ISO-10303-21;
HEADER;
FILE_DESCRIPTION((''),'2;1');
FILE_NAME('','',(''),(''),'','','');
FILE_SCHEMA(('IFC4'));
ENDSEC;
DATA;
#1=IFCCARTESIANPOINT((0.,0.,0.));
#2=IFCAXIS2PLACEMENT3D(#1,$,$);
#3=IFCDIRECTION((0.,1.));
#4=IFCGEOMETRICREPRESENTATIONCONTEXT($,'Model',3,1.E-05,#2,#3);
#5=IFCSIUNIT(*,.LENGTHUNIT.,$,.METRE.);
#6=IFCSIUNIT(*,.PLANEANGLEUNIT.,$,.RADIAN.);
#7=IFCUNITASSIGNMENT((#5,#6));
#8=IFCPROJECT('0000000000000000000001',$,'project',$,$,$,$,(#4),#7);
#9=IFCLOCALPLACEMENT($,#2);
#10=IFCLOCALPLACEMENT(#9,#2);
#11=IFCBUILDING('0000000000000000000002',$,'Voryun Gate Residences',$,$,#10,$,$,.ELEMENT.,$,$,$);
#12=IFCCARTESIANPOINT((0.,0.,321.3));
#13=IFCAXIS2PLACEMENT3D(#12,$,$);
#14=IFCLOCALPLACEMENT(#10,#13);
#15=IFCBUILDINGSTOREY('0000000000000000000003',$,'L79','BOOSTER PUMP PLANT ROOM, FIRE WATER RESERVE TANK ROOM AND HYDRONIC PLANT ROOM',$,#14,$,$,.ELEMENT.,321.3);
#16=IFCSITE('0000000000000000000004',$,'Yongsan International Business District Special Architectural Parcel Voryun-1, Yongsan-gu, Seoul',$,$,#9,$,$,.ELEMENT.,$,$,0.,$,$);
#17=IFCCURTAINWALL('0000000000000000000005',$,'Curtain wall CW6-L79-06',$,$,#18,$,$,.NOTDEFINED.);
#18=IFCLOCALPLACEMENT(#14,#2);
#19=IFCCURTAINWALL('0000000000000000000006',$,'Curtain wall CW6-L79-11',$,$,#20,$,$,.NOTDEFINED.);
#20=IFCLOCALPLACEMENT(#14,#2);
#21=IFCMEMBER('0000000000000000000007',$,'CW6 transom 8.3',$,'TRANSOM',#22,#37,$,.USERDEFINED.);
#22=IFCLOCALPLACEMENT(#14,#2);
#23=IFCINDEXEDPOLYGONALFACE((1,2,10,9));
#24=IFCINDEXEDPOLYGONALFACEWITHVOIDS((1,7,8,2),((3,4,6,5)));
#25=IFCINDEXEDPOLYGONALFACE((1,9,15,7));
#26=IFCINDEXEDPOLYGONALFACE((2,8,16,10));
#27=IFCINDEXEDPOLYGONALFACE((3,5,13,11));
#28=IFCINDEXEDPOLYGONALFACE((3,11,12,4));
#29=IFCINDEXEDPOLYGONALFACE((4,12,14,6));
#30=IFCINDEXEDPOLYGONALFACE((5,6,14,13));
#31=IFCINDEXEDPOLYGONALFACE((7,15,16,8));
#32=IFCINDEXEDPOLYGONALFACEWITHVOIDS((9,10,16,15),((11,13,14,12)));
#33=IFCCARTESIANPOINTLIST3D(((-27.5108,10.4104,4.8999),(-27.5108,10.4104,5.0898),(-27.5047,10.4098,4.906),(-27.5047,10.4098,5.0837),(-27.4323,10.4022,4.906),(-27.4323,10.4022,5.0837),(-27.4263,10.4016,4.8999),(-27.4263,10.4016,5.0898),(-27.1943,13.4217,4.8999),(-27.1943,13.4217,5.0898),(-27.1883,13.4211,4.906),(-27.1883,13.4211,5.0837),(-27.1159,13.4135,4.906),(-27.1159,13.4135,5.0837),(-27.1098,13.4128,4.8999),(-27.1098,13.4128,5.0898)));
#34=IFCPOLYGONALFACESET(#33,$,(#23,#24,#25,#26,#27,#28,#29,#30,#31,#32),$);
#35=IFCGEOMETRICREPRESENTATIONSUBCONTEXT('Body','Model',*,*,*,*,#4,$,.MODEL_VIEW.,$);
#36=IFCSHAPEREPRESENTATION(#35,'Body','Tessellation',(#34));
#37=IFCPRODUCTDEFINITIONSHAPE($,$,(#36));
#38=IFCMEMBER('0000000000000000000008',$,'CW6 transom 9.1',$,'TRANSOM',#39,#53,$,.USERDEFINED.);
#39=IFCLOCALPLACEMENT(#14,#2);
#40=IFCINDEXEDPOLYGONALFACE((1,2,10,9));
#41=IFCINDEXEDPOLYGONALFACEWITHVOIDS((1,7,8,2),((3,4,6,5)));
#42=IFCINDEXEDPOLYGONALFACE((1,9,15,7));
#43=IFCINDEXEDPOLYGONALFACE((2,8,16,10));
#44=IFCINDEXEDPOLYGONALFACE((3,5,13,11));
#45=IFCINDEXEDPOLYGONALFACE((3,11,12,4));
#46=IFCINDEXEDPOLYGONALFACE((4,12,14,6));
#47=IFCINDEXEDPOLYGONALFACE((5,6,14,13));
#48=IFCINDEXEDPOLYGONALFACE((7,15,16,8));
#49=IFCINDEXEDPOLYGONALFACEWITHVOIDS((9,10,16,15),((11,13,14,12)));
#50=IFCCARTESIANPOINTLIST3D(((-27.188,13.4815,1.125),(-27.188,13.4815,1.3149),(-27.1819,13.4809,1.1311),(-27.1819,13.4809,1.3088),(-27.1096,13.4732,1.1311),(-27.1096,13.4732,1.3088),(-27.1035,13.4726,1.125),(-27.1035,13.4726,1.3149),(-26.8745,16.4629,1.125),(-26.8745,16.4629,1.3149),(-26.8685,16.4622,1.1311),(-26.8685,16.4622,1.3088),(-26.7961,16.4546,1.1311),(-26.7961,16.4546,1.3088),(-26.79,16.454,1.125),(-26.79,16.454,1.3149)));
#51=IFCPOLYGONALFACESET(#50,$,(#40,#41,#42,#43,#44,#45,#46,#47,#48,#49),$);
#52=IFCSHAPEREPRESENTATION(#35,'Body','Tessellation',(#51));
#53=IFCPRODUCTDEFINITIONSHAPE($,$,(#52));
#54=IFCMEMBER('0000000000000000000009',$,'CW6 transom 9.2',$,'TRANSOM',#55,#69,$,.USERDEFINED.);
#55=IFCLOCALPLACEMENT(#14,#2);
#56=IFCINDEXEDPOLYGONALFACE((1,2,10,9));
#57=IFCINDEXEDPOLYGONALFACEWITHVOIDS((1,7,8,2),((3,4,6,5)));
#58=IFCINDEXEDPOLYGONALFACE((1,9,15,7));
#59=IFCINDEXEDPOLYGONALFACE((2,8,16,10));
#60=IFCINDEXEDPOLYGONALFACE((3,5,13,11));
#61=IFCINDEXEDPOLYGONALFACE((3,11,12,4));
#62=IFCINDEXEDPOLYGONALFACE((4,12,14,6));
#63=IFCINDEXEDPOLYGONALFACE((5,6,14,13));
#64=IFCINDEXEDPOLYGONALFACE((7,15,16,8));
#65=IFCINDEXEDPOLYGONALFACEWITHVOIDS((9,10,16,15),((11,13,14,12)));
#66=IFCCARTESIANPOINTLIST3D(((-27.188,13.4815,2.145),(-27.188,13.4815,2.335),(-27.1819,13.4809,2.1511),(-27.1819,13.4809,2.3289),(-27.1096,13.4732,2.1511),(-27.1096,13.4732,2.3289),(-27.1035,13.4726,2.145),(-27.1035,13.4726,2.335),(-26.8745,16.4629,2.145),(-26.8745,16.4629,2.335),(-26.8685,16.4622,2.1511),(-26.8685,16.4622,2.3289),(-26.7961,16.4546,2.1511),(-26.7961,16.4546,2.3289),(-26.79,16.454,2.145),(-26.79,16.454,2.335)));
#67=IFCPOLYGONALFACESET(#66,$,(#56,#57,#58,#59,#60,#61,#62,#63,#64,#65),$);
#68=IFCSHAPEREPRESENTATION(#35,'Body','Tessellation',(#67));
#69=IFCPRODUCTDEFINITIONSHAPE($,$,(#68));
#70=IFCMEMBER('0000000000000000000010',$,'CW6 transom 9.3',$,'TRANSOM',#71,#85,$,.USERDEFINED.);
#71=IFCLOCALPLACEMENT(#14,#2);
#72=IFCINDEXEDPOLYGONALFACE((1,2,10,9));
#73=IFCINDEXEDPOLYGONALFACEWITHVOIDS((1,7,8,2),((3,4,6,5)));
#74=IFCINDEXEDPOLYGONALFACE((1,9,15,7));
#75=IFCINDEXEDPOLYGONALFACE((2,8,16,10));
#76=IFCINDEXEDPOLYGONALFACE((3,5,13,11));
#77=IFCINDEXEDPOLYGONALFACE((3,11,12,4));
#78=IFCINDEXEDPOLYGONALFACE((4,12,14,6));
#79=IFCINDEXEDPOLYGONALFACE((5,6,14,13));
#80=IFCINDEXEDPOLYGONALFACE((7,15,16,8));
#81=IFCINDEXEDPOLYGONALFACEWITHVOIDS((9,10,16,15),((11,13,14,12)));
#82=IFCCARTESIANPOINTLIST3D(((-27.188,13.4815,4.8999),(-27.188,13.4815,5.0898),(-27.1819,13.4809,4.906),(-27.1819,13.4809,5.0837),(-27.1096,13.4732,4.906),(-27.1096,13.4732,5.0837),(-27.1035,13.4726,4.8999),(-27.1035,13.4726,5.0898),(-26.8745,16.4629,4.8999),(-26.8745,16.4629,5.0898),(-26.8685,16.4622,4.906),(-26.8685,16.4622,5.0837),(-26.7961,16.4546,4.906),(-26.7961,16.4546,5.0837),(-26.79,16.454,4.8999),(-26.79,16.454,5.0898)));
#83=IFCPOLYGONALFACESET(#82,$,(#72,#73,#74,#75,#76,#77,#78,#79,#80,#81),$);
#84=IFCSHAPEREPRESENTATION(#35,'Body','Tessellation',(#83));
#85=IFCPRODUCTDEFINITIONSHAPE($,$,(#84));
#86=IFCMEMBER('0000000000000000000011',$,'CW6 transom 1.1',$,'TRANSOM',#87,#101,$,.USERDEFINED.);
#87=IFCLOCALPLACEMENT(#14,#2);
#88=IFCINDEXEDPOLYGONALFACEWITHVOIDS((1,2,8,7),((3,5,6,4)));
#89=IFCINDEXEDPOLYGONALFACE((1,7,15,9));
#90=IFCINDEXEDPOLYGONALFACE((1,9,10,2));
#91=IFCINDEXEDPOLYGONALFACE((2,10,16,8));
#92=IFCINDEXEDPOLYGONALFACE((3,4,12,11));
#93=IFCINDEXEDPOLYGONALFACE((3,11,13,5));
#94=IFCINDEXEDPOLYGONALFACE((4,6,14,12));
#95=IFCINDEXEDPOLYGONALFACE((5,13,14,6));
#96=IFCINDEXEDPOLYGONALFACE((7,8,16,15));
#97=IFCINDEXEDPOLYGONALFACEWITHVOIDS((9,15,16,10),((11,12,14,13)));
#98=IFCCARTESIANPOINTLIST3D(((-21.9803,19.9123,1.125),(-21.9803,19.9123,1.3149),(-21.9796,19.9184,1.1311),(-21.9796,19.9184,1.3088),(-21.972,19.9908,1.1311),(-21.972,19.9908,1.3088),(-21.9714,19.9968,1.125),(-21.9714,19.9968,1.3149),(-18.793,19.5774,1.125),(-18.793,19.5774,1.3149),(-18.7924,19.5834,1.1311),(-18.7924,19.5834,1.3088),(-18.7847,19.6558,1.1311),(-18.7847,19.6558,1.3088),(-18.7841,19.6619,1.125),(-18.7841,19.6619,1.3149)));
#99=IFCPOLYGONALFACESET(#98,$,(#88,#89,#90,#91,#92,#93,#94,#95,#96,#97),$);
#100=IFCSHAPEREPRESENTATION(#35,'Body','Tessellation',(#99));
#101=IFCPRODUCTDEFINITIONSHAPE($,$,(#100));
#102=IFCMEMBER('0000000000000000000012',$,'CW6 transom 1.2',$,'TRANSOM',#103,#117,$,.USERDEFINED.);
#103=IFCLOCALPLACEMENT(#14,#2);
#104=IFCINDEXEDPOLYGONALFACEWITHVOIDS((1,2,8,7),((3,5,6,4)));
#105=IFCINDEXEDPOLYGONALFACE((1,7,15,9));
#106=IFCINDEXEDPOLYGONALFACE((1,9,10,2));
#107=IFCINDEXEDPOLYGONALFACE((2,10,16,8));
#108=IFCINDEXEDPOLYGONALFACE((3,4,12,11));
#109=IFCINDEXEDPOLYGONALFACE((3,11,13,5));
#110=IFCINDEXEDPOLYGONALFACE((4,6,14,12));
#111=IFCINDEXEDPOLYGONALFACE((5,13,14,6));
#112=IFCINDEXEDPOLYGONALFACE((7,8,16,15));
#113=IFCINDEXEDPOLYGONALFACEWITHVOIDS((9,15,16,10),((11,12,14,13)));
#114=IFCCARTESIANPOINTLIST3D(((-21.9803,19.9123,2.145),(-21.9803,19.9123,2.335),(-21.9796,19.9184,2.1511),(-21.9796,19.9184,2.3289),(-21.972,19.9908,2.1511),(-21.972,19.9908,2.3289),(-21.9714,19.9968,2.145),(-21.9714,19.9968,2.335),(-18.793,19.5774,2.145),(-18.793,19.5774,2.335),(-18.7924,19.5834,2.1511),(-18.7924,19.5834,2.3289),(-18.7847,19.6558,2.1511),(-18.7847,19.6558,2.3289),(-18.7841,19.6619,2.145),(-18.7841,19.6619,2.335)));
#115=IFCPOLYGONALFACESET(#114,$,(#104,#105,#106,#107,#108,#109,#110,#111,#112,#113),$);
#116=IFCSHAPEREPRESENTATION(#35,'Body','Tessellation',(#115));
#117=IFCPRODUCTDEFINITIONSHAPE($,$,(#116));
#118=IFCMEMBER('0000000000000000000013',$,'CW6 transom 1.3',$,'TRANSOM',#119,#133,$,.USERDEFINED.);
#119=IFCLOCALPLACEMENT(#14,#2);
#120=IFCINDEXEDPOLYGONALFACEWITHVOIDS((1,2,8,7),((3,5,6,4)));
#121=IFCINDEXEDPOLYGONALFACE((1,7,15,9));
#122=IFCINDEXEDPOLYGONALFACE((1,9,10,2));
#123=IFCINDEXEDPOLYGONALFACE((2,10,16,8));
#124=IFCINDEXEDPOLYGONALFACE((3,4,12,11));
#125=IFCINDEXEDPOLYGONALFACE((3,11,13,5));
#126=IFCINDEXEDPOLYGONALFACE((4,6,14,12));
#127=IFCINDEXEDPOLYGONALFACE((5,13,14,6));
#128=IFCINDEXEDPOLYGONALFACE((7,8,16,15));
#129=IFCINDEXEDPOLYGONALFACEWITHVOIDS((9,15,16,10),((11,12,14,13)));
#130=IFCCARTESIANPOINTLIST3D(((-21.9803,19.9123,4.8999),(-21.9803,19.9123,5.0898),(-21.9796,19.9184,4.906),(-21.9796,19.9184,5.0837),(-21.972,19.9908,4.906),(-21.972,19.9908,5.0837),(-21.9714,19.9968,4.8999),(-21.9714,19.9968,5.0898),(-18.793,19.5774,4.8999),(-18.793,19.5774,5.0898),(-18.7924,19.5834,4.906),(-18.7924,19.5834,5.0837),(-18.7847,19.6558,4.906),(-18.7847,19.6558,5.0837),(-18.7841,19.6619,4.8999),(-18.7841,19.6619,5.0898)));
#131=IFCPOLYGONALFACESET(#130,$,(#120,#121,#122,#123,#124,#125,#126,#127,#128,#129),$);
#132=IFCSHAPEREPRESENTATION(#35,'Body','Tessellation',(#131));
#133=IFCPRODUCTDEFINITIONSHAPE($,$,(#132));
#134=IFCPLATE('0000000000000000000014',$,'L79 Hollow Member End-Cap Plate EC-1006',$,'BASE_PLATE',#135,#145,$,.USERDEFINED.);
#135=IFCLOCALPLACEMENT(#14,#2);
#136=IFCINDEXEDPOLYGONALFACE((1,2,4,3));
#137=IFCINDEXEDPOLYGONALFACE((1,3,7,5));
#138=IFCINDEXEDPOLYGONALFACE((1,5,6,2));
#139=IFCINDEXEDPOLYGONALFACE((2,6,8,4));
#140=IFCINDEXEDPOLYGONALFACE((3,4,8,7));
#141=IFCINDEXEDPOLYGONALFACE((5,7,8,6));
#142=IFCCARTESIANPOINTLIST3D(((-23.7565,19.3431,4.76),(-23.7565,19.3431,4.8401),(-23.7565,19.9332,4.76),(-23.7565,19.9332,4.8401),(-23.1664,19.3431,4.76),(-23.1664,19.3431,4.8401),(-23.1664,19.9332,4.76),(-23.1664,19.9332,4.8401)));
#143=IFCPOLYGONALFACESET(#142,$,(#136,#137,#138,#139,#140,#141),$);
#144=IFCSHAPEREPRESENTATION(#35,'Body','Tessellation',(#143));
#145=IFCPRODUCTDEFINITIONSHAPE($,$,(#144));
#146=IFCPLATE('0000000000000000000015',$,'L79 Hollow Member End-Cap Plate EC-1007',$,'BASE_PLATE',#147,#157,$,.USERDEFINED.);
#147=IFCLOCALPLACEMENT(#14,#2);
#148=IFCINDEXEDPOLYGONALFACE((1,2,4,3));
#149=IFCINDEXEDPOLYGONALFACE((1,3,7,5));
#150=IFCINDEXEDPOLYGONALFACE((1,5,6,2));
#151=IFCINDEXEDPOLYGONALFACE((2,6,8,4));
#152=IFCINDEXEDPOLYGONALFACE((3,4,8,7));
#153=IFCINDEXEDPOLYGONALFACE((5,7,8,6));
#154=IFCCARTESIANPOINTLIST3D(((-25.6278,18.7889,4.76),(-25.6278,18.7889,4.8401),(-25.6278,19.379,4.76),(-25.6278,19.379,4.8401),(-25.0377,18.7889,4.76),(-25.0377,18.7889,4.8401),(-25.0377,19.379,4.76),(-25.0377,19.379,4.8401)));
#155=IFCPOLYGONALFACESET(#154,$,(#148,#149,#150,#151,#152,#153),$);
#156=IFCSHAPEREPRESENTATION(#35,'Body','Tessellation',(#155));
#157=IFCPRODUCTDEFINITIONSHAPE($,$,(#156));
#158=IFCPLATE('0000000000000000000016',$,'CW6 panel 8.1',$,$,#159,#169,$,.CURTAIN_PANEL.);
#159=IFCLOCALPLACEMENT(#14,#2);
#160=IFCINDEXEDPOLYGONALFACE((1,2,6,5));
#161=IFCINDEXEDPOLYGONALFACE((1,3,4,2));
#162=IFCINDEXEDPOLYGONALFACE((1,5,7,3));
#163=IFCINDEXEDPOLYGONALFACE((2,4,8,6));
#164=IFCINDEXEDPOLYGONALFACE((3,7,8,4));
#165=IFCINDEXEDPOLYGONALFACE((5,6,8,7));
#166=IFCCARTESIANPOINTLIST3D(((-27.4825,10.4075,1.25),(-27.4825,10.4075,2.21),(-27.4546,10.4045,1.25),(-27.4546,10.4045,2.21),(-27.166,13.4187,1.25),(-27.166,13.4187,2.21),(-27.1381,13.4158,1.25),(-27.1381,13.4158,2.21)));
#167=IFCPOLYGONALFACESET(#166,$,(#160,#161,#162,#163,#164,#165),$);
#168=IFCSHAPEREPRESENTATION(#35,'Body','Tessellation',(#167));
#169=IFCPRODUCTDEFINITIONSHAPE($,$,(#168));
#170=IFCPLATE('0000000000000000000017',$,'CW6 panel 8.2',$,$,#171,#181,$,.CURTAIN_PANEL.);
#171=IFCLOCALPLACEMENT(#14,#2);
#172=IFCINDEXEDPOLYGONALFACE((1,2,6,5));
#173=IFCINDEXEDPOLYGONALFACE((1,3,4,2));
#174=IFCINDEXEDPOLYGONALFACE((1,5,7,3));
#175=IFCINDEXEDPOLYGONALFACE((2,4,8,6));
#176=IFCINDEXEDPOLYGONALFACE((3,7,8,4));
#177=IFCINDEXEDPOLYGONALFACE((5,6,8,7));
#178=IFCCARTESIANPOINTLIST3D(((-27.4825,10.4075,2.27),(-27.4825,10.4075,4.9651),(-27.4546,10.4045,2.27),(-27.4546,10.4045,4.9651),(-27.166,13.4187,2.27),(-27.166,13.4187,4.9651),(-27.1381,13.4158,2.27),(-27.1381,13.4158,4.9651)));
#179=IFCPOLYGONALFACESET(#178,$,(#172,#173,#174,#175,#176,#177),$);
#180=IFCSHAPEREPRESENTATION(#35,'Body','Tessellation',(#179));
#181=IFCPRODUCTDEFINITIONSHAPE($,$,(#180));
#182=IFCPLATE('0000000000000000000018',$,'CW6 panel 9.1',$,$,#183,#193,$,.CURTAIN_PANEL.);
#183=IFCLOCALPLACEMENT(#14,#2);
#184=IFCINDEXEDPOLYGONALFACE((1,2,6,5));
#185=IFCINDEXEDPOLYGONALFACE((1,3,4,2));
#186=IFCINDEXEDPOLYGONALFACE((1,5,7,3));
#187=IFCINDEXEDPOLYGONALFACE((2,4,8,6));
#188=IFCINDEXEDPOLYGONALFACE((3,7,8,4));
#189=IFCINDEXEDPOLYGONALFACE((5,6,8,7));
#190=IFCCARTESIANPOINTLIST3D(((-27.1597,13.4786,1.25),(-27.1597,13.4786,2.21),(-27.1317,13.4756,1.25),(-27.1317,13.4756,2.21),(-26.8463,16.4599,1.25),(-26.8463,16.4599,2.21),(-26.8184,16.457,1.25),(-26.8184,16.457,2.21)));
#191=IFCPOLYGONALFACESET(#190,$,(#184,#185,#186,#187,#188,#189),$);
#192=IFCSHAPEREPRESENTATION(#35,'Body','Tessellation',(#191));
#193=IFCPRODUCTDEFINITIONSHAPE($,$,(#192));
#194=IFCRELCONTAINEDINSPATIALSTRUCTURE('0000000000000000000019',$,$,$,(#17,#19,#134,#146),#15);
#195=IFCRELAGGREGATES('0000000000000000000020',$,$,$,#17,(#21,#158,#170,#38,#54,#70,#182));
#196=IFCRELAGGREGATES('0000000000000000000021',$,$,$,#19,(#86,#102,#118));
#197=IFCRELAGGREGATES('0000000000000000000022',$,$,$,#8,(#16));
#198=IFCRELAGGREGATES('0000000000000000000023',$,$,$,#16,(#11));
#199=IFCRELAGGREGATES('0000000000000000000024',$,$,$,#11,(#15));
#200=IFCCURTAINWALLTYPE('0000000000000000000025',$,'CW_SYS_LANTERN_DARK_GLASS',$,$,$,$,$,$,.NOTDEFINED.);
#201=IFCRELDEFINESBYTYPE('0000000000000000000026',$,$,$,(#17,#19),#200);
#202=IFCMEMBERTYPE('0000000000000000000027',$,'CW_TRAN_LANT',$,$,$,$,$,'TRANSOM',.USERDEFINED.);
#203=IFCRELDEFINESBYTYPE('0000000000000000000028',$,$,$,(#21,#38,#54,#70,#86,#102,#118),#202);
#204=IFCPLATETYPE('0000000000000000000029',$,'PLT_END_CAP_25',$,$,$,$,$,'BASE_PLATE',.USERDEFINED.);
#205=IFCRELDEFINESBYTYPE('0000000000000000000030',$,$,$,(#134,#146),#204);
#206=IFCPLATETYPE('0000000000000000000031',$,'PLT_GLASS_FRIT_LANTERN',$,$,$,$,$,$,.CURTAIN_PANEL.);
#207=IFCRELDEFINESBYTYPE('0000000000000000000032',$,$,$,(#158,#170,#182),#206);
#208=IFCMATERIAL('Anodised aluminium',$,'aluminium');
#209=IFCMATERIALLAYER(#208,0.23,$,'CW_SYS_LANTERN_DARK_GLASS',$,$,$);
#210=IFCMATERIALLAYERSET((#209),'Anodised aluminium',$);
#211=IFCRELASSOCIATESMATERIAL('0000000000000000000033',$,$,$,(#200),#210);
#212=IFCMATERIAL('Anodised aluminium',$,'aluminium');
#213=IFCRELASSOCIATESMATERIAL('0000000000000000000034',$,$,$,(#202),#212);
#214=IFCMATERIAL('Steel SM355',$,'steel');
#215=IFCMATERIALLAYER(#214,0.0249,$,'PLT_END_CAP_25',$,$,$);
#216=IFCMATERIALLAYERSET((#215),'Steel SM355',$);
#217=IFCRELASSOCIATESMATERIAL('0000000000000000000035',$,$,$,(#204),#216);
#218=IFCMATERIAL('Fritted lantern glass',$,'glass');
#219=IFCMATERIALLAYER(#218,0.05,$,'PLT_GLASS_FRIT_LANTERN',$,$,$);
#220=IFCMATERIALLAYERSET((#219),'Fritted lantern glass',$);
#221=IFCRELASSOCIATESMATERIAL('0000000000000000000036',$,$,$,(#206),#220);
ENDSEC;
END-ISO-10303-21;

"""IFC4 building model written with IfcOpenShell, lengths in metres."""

from ifc_helpers import new_model, si_unit, direction, frame, origin, origin_2d, place, context, subcontext, project, spatial, rectangle, hollow_rectangle, extrude, material, layer, layer_set, material_profile, profile_set, type_object, element, aggregate, save


model = new_model("IFC4")

# Units and contexts
model_context = context("Model", 3, precision=1e-05, world=origin(), true_north=direction((0.0, 1.0)))
body_context = subcontext(model_context, "Body", "Model", "MODEL_VIEW")
ifc_project = project(units=[si_unit("LENGTHUNIT", "METRE"), si_unit("PLANEANGLEUNIT", "RADIAN")], contexts=[model_context])

# Site, building, storey
site_placement = place(None, origin())
site = spatial("IfcSite", under=ifc_project, at=site_placement, Name="Yongsan International Business District Special Architectural Parcel Voryun-1, Yongsan-gu, Seoul", CompositionType="ELEMENT", RefElevation=0.0)
building_placement = place(site_placement, origin())
building = spatial("IfcBuilding", under=site, at=building_placement, Name="Voryun Gate Residences", CompositionType="ELEMENT")
storey_placement = place(building_placement, frame((0.0, 0.0, 321.3)))
storey = spatial("IfcBuildingStorey", under=building, at=storey_placement, Name="L79", Description="BOOSTER PUMP PLANT ROOM, FIRE WATER RESERVE TANK ROOM AND HYDRONIC PLANT ROOM", CompositionType="ELEMENT", Elevation=321.3)

# Curtain wall
ifc_material_1 = material(Name="Anodised aluminium", Category="aluminium")
ifc_layer_1 = layer(ifc_material_1, 0.23, Name="CW_SYS_LANTERN_DARK_GLASS")
ifc_layer_set_1 = layer_set([ifc_layer_1], Name="Anodised aluminium")
curtain_wall_type = type_object("IfcCurtainWallType", Name="CW_SYS_LANTERN_DARK_GLASS", PredefinedType="NOTDEFINED", material=ifc_layer_set_1)
curtain_wall_1_placement = place(storey_placement, origin())
curtain_wall_1 = element("IfcCurtainWall", 1, at=curtain_wall_1_placement, inside=storey, type_object=curtain_wall_type, Name="Curtain wall CW6-L79-06", PredefinedType="NOTDEFINED")

# Curtain wall
curtain_wall_2_placement = place(storey_placement, origin())
curtain_wall_2 = element("IfcCurtainWall", 2, at=curtain_wall_2_placement, inside=storey, type_object=curtain_wall_type, Name="Curtain wall CW6-L79-11", PredefinedType="NOTDEFINED")

# Members
ifc_material_2 = material(Name="Anodised aluminium", Category="aluminium")
ifc_material_profile_1 = material_profile(ifc_material_2, hollow_rectangle(XDim=0.085, YDim=0.1899, WallThickness=0.0061, at=origin_2d()), Name="ALU-TRAN-190x85x6")
ifc_profile_set_1 = profile_set([ifc_material_profile_1], Name="Anodised aluminium")
member_type_1 = type_object("IfcMemberType", Name="CW_TRAN_LANT", ElementType="TRANSOM", PredefinedType="USERDEFINED", material=ifc_profile_set_1)
member_1_placement = place(storey_placement, frame((-27.4685, 10.406, 4.9949), z_axis=(0.1045, 0.994525, 0.0), x_axis=(-0.994525, 0.1045, 0.0)))
member_1 = element("IfcMember", 3, at=member_1_placement, type_object=member_type_1, Name="CW6 transom 8.3", ObjectType="TRANSOM", PredefinedType="USERDEFINED", context=body_context, shape_type="SweptSolid", body=[
    extrude(hollow_rectangle(XDim=0.085, YDim=0.1899, WallThickness=0.0061, at=origin_2d()), origin(), (0.0, 0.0, 1.0), 3.0278),
])
member_2_placement = place(storey_placement, frame((-27.1458, 13.4771, 1.22), z_axis=(0.104566, 0.994518, 0.0), x_axis=(-0.994518, 0.104566, 0.0)))
member_2 = element("IfcMember", 4, at=member_2_placement, type_object=member_type_1, Name="CW6 transom 9.1", ObjectType="TRANSOM", PredefinedType="USERDEFINED", context=body_context, shape_type="SweptSolid", body=[
    extrude(hollow_rectangle(XDim=0.085, YDim=0.1899, WallThickness=0.0061, at=origin_2d()), origin(), (0.0, 0.0, 1.0), 2.9978),
])
member_3_placement = place(storey_placement, frame((-27.1458, 13.4771, 2.24), z_axis=(0.104566, 0.994518, 0.0), x_axis=(-0.994518, 0.104566, 0.0)))
member_3 = element("IfcMember", 5, at=member_3_placement, type_object=member_type_1, Name="CW6 transom 9.2", ObjectType="TRANSOM", PredefinedType="USERDEFINED", context=body_context, shape_type="SweptSolid", body=[
    extrude(hollow_rectangle(XDim=0.085, YDim=0.1899, WallThickness=0.0061, at=origin_2d()), origin(), (0.0, 0.0, 1.0), 2.9978),
])
member_4_placement = place(storey_placement, frame((-27.1458, 13.4771, 4.9949), z_axis=(0.104566, 0.994518, 0.0), x_axis=(-0.994518, 0.104566, 0.0)))
member_4 = element("IfcMember", 6, at=member_4_placement, type_object=member_type_1, Name="CW6 transom 9.3", ObjectType="TRANSOM", PredefinedType="USERDEFINED", context=body_context, shape_type="SweptSolid", body=[
    extrude(hollow_rectangle(XDim=0.085, YDim=0.1899, WallThickness=0.0061, at=origin_2d()), origin(), (0.0, 0.0, 1.0), 2.9978),
])
member_5_placement = place(storey_placement, frame((-21.9758, 19.9546, 1.22), z_axis=(0.994523, -0.104518, 0.0), x_axis=(0.104518, 0.994523, 0.0)))
member_5 = element("IfcMember", 7, at=member_5_placement, type_object=member_type_1, Name="CW6 transom 1.1", ObjectType="TRANSOM", PredefinedType="USERDEFINED", context=body_context, shape_type="SweptSolid", body=[
    extrude(hollow_rectangle(XDim=0.085, YDim=0.1899, WallThickness=0.0061, at=origin_2d()), origin(), (0.0, 0.0, 1.0), 3.2048),
])
member_6_placement = place(storey_placement, frame((-21.9758, 19.9546, 2.24), z_axis=(0.994523, -0.104518, 0.0), x_axis=(0.104518, 0.994523, 0.0)))
member_6 = element("IfcMember", 8, at=member_6_placement, type_object=member_type_1, Name="CW6 transom 1.2", ObjectType="TRANSOM", PredefinedType="USERDEFINED", context=body_context, shape_type="SweptSolid", body=[
    extrude(hollow_rectangle(XDim=0.085, YDim=0.1899, WallThickness=0.0061, at=origin_2d()), origin(), (0.0, 0.0, 1.0), 3.2048),
])
member_7_placement = place(storey_placement, frame((-21.9758, 19.9546, 4.9949), z_axis=(0.994523, -0.104518, 0.0), x_axis=(0.104518, 0.994523, 0.0)))
member_7 = element("IfcMember", 9, at=member_7_placement, type_object=member_type_1, Name="CW6 transom 1.3", ObjectType="TRANSOM", PredefinedType="USERDEFINED", context=body_context, shape_type="SweptSolid", body=[
    extrude(hollow_rectangle(XDim=0.085, YDim=0.1899, WallThickness=0.0061, at=origin_2d()), origin(), (0.0, 0.0, 1.0), 3.2048),
])

# Plates
ifc_material_3 = material(Name="Steel SM355", Category="steel")
ifc_layer_2 = layer(ifc_material_3, 0.0249, Name="PLT_END_CAP_25")
ifc_layer_set_2 = layer_set([ifc_layer_2], Name="Steel SM355")
plate_type_1 = type_object("IfcPlateType", Name="PLT_END_CAP_25", ElementType="BASE_PLATE", PredefinedType="USERDEFINED", material=ifc_layer_set_2)
for number, where, z_axis, x_axis, name in (
    (10, (-23.4614, 19.6382, 4.76), (0.0, 0.0, 1.0), (1.0, 0.0, 0.0), "L79 Hollow Member End-Cap Plate EC-1006"),
    (11, (-25.3328, 19.084, 4.76), (0.0, 0.0, 1.0), (1.0, 0.0, 0.0), "L79 Hollow Member End-Cap Plate EC-1007"),
):
    element("IfcPlate", number, at=place(storey_placement, frame(where, z_axis=z_axis, x_axis=x_axis)), inside=storey, type_object=plate_type_1, Name=name, ObjectType="BASE_PLATE", PredefinedType="USERDEFINED", context=body_context, shape_type="SweptSolid", body=[
        extrude(rectangle(XDim=0.5901, YDim=0.5901, at=origin_2d()), origin(), (0.0, 0.0, 1.0), 0.0801),
    ])

# Plates
ifc_material_4 = material(Name="Fritted lantern glass", Category="glass")
ifc_layer_3 = layer(ifc_material_4, 0.05, Name="PLT_GLASS_FRIT_LANTERN")
ifc_layer_set_3 = layer_set([ifc_layer_3], Name="Fritted lantern glass")
plate_type_2 = type_object("IfcPlateType", Name="PLT_GLASS_FRIT_LANTERN", PredefinedType="CURTAIN_PANEL", material=ifc_layer_set_3)
plate_1_placement = place(storey_placement, frame((-27.3103, 11.9116, 1.25), z_axis=(0.0, 0.0, 1.0), x_axis=(0.104528, 0.994522, 0.0)))
plate_1 = element("IfcPlate", 12, at=plate_1_placement, type_object=plate_type_2, Name="CW6 panel 8.1", PredefinedType="CURTAIN_PANEL", context=body_context, shape_type="SweptSolid", body=[
    extrude(rectangle(XDim=3.0278, YDim=0.0281, at=origin_2d()), origin(), (0.0, 0.0, 1.0), 0.96),
])
plate_2_placement = place(storey_placement, frame((-27.3103, 11.9116, 2.27), z_axis=(0.0, 0.0, 1.0), x_axis=(0.104528, 0.994522, 0.0)))
plate_2 = element("IfcPlate", 13, at=plate_2_placement, type_object=plate_type_2, Name="CW6 panel 8.2", PredefinedType="CURTAIN_PANEL", context=body_context, shape_type="SweptSolid", body=[
    extrude(rectangle(XDim=3.0278, YDim=0.0281, at=origin_2d()), origin(), (0.0, 0.0, 1.0), 2.6951),
])
plate_3_placement = place(storey_placement, frame((-26.989, 14.9678, 1.25), z_axis=(0.0, 0.0, 1.0), x_axis=(0.104528, 0.994522, 0.0)))
plate_3 = element("IfcPlate", 14, at=plate_3_placement, type_object=plate_type_2, Name="CW6 panel 9.1", PredefinedType="CURTAIN_PANEL", context=body_context, shape_type="SweptSolid", body=[
    extrude(rectangle(XDim=2.9978, YDim=0.0281, at=origin_2d()), origin(), (0.0, 0.0, 1.0), 0.96),
])
aggregate(curtain_wall_1, [member_1, plate_1, plate_2, member_2, member_3, member_4, plate_3])
aggregate(curtain_wall_2, [member_5, member_6, member_7])

save(model, "model.ifc")
